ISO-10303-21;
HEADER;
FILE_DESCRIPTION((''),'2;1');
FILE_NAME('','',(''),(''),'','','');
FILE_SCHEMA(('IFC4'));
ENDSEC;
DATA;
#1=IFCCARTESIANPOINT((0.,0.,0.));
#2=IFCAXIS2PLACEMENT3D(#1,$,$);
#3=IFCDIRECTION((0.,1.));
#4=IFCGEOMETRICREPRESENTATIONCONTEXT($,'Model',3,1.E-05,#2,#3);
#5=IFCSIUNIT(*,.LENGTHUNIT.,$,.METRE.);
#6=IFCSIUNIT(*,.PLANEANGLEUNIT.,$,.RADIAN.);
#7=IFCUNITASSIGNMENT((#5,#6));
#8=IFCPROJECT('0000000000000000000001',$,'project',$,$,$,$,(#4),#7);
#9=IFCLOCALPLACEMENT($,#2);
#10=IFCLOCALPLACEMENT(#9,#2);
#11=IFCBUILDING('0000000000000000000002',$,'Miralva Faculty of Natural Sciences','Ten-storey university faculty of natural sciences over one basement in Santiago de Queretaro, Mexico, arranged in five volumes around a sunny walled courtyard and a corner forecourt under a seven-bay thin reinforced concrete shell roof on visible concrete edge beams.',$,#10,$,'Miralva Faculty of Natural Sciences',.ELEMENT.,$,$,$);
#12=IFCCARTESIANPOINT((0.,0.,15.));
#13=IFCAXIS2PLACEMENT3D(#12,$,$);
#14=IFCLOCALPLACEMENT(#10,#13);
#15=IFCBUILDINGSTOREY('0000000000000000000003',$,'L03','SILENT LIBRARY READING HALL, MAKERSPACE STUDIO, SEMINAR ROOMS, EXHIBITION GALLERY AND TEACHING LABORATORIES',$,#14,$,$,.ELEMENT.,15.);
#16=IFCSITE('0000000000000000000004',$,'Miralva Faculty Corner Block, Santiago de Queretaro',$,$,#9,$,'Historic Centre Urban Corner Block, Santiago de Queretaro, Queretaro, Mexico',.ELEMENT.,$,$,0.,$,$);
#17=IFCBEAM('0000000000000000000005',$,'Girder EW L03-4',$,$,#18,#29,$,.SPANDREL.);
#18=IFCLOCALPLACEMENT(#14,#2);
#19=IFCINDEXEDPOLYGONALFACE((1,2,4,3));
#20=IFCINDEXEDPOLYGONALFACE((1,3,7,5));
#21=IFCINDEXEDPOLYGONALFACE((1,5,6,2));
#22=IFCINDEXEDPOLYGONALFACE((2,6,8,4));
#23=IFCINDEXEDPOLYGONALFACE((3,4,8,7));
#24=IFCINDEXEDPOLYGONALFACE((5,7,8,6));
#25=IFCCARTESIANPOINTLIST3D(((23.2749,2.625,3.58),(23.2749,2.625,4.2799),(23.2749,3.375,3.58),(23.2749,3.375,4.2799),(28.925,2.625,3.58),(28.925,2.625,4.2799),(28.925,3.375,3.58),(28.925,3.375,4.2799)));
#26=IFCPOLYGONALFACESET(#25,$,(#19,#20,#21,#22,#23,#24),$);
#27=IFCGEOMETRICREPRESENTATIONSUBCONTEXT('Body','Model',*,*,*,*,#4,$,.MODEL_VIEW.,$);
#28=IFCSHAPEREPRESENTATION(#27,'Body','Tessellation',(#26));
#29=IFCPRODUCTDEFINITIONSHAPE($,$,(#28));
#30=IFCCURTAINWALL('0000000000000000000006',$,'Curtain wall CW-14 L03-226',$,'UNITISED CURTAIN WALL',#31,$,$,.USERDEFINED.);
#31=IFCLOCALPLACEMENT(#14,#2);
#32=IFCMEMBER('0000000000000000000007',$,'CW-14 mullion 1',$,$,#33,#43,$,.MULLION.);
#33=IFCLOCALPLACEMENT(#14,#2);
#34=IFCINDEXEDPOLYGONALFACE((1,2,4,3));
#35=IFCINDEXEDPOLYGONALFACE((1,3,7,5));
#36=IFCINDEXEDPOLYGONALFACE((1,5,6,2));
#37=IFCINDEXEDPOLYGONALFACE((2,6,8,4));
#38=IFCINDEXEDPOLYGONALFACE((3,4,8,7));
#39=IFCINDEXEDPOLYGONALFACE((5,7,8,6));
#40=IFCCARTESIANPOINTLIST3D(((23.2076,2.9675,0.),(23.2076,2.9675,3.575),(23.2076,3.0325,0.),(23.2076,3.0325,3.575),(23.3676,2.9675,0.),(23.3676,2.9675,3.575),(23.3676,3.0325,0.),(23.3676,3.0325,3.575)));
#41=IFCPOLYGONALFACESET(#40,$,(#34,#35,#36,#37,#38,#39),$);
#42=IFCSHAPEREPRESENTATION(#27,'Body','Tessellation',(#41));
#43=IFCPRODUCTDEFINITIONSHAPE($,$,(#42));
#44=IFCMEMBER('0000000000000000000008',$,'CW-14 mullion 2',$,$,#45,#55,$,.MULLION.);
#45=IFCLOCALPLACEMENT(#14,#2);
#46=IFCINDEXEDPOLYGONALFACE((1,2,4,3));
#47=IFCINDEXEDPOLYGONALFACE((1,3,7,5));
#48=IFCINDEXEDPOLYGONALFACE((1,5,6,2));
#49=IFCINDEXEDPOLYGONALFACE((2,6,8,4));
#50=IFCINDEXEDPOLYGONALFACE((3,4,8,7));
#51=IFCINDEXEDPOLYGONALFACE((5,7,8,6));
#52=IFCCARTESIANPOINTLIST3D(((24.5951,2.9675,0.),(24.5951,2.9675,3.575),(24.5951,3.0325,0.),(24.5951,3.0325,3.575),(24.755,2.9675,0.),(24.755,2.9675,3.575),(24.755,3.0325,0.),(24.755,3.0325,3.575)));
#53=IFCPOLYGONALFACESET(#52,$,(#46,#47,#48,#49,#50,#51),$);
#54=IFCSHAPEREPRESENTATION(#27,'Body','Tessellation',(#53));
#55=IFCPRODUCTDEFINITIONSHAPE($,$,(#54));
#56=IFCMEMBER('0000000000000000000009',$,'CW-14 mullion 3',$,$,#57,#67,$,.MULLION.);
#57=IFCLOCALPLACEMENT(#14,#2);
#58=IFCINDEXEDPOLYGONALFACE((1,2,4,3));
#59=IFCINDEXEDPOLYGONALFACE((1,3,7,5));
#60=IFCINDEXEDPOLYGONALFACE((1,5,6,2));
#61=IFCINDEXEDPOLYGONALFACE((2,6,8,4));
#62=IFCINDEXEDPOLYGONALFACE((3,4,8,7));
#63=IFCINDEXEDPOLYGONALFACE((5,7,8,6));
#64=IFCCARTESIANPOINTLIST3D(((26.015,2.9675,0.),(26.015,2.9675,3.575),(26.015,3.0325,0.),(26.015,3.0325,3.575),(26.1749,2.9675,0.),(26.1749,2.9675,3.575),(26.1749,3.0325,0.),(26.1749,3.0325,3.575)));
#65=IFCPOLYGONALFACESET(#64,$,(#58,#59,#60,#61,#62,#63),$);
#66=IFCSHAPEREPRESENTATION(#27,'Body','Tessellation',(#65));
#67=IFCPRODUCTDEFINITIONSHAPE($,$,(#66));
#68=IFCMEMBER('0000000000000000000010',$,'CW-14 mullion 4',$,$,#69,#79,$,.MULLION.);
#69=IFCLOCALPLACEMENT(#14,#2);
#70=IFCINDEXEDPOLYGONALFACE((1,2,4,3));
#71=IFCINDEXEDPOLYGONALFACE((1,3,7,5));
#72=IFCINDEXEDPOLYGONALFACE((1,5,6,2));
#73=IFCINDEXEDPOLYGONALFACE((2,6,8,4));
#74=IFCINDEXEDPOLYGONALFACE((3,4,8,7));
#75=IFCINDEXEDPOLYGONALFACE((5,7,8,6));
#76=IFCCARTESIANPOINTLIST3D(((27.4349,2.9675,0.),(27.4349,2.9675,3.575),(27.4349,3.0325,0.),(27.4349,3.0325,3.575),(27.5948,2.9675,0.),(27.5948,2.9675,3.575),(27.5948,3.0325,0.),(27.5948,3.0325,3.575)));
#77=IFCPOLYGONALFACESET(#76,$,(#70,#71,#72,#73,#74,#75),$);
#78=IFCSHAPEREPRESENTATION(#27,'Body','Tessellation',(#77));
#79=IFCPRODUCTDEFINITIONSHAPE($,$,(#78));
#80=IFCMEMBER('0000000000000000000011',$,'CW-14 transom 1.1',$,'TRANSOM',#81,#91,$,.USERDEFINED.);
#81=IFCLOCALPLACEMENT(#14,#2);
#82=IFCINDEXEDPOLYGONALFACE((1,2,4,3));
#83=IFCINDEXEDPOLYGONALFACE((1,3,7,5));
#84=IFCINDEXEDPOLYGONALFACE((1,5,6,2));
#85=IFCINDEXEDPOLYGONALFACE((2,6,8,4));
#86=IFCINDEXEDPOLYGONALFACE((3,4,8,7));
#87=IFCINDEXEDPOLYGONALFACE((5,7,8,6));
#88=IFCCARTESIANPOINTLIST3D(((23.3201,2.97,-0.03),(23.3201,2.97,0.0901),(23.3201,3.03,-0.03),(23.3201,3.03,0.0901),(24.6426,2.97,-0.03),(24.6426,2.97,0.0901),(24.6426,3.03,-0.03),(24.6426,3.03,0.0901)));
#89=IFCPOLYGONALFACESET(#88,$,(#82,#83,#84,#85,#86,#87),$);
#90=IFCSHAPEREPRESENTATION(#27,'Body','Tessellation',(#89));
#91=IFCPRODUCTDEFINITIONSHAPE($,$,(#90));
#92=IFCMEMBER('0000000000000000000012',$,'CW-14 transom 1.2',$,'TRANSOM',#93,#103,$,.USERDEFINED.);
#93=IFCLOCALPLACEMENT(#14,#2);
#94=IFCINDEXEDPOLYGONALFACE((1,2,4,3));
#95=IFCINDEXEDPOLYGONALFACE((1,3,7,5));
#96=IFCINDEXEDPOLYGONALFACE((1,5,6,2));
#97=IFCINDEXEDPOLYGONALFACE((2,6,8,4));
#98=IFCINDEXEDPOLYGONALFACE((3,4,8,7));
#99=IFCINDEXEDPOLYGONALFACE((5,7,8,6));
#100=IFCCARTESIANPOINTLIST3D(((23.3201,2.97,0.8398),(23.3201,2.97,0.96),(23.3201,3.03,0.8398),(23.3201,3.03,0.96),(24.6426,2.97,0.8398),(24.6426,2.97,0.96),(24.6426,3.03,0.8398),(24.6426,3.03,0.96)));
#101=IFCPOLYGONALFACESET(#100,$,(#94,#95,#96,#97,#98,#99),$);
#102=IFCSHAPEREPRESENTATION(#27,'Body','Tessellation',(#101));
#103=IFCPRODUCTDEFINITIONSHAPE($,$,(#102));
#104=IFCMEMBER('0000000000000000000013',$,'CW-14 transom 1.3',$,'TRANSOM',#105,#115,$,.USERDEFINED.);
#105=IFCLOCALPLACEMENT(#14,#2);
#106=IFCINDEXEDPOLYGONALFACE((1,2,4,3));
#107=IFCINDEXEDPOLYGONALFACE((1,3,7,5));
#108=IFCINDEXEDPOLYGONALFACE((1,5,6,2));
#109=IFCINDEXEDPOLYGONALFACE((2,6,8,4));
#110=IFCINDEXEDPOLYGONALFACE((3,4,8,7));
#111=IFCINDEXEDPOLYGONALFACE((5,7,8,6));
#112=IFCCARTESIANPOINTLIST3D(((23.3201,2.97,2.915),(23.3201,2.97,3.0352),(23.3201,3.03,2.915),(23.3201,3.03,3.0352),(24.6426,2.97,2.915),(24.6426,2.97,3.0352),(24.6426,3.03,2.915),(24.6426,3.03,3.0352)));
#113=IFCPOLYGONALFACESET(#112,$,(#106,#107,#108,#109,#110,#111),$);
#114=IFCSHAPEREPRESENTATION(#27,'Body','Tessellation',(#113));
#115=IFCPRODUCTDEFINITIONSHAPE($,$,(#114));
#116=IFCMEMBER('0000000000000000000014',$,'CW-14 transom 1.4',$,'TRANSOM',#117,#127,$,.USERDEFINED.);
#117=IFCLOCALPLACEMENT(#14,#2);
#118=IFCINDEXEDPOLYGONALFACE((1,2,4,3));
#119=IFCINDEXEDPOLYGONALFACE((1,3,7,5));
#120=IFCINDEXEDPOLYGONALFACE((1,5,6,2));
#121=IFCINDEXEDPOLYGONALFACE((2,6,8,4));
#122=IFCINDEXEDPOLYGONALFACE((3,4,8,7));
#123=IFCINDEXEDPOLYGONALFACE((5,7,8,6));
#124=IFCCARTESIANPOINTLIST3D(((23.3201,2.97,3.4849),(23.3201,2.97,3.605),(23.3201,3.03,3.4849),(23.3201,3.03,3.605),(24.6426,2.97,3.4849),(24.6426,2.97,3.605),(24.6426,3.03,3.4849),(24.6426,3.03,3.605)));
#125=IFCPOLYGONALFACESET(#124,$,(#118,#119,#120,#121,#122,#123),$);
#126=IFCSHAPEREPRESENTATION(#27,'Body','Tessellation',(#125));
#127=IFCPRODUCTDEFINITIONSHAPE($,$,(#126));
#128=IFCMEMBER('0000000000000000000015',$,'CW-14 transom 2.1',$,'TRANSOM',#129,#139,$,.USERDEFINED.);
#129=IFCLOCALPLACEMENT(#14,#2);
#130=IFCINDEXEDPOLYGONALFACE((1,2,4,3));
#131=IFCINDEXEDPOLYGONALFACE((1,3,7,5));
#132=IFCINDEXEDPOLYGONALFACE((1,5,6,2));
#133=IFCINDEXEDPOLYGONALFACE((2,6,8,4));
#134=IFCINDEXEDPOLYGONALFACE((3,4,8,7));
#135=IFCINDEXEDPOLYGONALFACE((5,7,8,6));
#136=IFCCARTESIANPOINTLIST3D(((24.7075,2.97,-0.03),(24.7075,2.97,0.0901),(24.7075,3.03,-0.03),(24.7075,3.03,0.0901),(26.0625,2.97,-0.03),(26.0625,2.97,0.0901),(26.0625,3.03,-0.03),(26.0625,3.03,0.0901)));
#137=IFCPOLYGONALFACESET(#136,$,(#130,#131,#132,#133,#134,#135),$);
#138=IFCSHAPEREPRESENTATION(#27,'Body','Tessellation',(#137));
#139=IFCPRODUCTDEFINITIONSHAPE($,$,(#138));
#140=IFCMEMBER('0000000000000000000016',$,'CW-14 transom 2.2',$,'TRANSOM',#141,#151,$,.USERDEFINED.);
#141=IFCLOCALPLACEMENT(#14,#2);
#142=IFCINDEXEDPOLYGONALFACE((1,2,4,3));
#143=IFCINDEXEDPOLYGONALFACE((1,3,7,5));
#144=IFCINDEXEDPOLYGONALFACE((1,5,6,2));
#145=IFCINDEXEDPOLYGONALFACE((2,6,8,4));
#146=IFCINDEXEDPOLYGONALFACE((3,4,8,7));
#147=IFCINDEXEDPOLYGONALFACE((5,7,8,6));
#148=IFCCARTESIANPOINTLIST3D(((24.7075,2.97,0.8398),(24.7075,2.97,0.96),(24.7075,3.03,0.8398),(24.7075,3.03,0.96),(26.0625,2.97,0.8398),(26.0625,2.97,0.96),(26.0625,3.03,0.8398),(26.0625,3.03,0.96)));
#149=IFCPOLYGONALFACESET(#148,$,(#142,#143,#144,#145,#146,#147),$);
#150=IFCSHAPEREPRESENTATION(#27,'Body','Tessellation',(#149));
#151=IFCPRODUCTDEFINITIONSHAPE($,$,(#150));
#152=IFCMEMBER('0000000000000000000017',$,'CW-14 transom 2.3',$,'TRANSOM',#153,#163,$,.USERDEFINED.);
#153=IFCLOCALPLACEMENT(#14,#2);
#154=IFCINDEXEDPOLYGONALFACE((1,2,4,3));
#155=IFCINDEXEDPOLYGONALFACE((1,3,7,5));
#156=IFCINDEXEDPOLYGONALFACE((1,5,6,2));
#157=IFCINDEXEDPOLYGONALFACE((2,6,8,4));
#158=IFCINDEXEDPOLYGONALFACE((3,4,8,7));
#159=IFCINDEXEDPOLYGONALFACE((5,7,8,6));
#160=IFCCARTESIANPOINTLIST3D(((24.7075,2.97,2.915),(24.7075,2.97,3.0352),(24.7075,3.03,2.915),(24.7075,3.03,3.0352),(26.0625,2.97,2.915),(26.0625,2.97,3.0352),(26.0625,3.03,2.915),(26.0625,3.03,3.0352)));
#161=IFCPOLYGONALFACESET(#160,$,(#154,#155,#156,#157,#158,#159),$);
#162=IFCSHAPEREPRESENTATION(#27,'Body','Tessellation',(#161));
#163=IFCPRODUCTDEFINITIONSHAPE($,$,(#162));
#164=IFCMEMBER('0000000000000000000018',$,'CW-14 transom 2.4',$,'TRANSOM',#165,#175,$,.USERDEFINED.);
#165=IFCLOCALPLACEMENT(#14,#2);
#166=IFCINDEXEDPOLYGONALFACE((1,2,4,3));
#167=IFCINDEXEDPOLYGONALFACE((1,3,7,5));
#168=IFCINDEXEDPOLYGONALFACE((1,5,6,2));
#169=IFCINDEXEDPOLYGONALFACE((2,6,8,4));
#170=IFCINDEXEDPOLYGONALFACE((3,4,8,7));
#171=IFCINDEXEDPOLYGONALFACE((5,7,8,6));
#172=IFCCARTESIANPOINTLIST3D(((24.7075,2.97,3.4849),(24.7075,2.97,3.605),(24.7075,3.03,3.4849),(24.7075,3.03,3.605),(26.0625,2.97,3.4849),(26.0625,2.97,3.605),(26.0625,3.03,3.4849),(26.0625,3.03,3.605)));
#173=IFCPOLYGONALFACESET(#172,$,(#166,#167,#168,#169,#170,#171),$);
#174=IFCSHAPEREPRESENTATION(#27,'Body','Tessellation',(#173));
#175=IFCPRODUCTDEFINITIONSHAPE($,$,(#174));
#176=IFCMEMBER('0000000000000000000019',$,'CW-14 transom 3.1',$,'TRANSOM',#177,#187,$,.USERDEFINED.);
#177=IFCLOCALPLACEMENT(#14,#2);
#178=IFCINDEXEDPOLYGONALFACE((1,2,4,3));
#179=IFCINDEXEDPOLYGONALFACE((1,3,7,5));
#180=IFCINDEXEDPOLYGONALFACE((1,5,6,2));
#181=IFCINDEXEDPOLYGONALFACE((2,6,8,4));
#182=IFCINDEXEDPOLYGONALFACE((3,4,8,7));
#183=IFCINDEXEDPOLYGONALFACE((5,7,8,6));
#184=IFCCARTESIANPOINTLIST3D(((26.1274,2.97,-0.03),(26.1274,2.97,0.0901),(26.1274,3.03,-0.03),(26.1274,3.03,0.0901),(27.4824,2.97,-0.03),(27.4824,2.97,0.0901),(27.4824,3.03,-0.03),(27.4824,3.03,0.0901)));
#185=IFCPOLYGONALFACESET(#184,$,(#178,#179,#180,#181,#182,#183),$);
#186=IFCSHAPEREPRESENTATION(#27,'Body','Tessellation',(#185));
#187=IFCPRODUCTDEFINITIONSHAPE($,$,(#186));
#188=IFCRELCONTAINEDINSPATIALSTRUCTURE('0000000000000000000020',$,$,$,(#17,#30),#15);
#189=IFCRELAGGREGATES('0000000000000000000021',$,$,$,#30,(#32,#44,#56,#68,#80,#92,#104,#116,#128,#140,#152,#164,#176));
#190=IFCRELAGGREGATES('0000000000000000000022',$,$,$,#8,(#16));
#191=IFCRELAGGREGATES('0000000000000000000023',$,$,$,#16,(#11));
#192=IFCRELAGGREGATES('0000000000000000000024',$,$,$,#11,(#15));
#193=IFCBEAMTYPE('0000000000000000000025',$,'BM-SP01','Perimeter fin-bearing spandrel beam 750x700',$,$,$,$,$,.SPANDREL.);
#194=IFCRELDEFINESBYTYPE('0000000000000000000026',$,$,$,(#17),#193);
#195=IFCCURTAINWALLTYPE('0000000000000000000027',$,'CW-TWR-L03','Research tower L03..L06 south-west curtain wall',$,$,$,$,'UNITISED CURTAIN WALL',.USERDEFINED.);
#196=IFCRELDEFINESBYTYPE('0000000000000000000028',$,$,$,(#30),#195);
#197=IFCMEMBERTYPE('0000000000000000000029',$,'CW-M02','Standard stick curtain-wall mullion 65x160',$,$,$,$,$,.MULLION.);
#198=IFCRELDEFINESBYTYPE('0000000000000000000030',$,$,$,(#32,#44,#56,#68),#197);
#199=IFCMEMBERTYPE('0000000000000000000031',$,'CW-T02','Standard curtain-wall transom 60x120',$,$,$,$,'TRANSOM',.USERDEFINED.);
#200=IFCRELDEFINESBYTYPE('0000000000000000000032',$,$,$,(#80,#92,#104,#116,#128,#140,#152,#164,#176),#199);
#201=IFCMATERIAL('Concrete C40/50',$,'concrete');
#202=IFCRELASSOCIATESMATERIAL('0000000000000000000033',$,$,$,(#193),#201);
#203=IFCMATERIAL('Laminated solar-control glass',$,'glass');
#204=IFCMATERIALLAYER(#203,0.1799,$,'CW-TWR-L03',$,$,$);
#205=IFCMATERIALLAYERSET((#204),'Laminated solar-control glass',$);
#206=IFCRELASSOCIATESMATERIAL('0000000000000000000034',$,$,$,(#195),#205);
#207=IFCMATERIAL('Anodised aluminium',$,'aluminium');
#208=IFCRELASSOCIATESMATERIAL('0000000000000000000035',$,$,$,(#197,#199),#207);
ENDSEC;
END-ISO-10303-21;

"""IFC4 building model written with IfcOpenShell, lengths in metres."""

from ifc_helpers import new_model, si_unit, direction, frame, origin, origin_2d, place, context, subcontext, project, spatial, rectangle, extrude, material, layer, layer_set, material_profile, profile_set, type_object, element, aggregate, save


model = new_model("IFC4")

# Units and contexts
model_context = context("Model", 3, precision=1e-05, world=origin(), true_north=direction((0.0, 1.0)))
body_context = subcontext(model_context, "Body", "Model", "MODEL_VIEW")
ifc_project = project(units=[si_unit("LENGTHUNIT", "METRE"), si_unit("PLANEANGLEUNIT", "RADIAN")], contexts=[model_context])

# Site, building, storey
site_placement = place(None, origin())
site = spatial("IfcSite", under=ifc_project, at=site_placement, Name="Miralva Faculty Corner Block, Santiago de Queretaro", LongName="Historic Centre Urban Corner Block, Santiago de Queretaro, Queretaro, Mexico", CompositionType="ELEMENT", RefElevation=0.0)
building_placement = place(site_placement, origin())
building = spatial("IfcBuilding", under=site, at=building_placement, Name="Miralva Faculty of Natural Sciences", Description="Ten-storey university faculty of natural sciences over one basement in Santiago de Queretaro, Mexico, arranged in five volumes around a sunny walled courtyard and a corner forecourt under a seven-bay thin reinforced concrete shell roof on visible concrete edge beams.", LongName="Miralva Faculty of Natural Sciences", CompositionType="ELEMENT")
storey_placement = place(building_placement, frame((0.0, 0.0, 15.0)))
storey = spatial("IfcBuildingStorey", under=building, at=storey_placement, Name="L03", Description="SILENT LIBRARY READING HALL, MAKERSPACE STUDIO, SEMINAR ROOMS, EXHIBITION GALLERY AND TEACHING LABORATORIES", CompositionType="ELEMENT", Elevation=15.0)

# Beam
ifc_material_1 = material(Name="Concrete C40/50", Category="concrete")
ifc_material_profile_1 = material_profile(ifc_material_1, rectangle(XDim=0.75, YDim=0.7, at=origin_2d()), Name="RC 750x700")
ifc_profile_set_1 = profile_set([ifc_material_profile_1], Name="Concrete C40/50")
beam_type = type_object("IfcBeamType", Name="BM-SP01", Description="Perimeter fin-bearing spandrel beam 750x700", PredefinedType="SPANDREL", material=ifc_profile_set_1)
beam_placement = place(storey_placement, frame((23.2749, 3.0, 3.9299), z_axis=(1.0, 0.0, 0.0), x_axis=(0.0, 1.0, 0.0)))
element("IfcBeam", 1, at=beam_placement, inside=storey, type_object=beam_type, Name="Girder EW L03-4", PredefinedType="SPANDREL", context=body_context, shape_type="SweptSolid", body=[
    extrude(rectangle(XDim=0.75, YDim=0.7, at=origin_2d()), origin(), (0.0, 0.0, 1.0), 5.6501),
])

# Curtain wall, members
ifc_material_2 = material(Name="Laminated solar-control glass", Category="glass")
ifc_layer_1 = layer(ifc_material_2, 0.1799, Name="CW-TWR-L03")
ifc_layer_set_1 = layer_set([ifc_layer_1], Name="Laminated solar-control glass")
curtain_wall_type = type_object("IfcCurtainWallType", Name="CW-TWR-L03", Description="Research tower L03..L06 south-west curtain wall", ElementType="UNITISED CURTAIN WALL", PredefinedType="USERDEFINED", material=ifc_layer_set_1)
curtain_wall_placement = place(storey_placement, origin())
curtain_wall = element("IfcCurtainWall", 2, at=curtain_wall_placement, inside=storey, type_object=curtain_wall_type, Name="Curtain wall CW-14 L03-226", ObjectType="UNITISED CURTAIN WALL", PredefinedType="USERDEFINED")
ifc_material_3 = material(Name="Anodised aluminium", Category="aluminium")
ifc_material_profile_2 = material_profile(ifc_material_3, rectangle(XDim=0.0649, YDim=0.1599, at=origin_2d()), Name="MULLION 65x160")
ifc_profile_set_2 = profile_set([ifc_material_profile_2], Name="Anodised aluminium")
member_type_1 = type_object("IfcMemberType", Name="CW-M02", Description="Standard stick curtain-wall mullion 65x160", PredefinedType="MULLION", material=ifc_profile_set_2)
member_1_placement = place(storey_placement, frame((23.2876, 3.0, 0.0), z_axis=(0.0, 0.0, 1.0), x_axis=(0.0, 1.0, 0.0)))
member_1 = element("IfcMember", 3, at=member_1_placement, type_object=member_type_1, Name="CW-14 mullion 1", PredefinedType="MULLION", context=body_context, shape_type="SweptSolid", body=[
    extrude(rectangle(XDim=0.0649, YDim=0.1599, at=origin_2d()), origin(), (0.0, 0.0, 1.0), 3.575),
])
member_2_placement = place(storey_placement, frame((24.675, 3.0, 0.0), z_axis=(0.0, 0.0, 1.0), x_axis=(0.0, 1.0, 0.0)))
member_2 = element("IfcMember", 4, at=member_2_placement, type_object=member_type_1, Name="CW-14 mullion 2", PredefinedType="MULLION", context=body_context, shape_type="SweptSolid", body=[
    extrude(rectangle(XDim=0.0649, YDim=0.1599, at=origin_2d()), origin(), (0.0, 0.0, 1.0), 3.575),
])
member_3_placement = place(storey_placement, frame((26.095, 3.0, 0.0), z_axis=(0.0, 0.0, 1.0), x_axis=(0.0, 1.0, 0.0)))
member_3 = element("IfcMember", 5, at=member_3_placement, type_object=member_type_1, Name="CW-14 mullion 3", PredefinedType="MULLION", context=body_context, shape_type="SweptSolid", body=[
    extrude(rectangle(XDim=0.0649, YDim=0.1599, at=origin_2d()), origin(), (0.0, 0.0, 1.0), 3.575),
])
member_4_placement = place(storey_placement, frame((27.5149, 3.0, 0.0), z_axis=(0.0, 0.0, 1.0), x_axis=(0.0, 1.0, 0.0)))
member_4 = element("IfcMember", 6, at=member_4_placement, type_object=member_type_1, Name="CW-14 mullion 4", PredefinedType="MULLION", context=body_context, shape_type="SweptSolid", body=[
    extrude(rectangle(XDim=0.0649, YDim=0.1599, at=origin_2d()), origin(), (0.0, 0.0, 1.0), 3.575),
])
ifc_material_profile_3 = material_profile(ifc_material_3, rectangle(XDim=0.0601, YDim=0.1201, at=origin_2d()), Name="TRANSOM 60x120")
ifc_profile_set_3 = profile_set([ifc_material_profile_3], Name="Anodised aluminium")
member_type_2 = type_object("IfcMemberType", Name="CW-T02", Description="Standard curtain-wall transom 60x120", ElementType="TRANSOM", PredefinedType="USERDEFINED", material=ifc_profile_set_3)
member_5_placement = place(storey_placement, frame((23.3201, 3.0, 0.03), z_axis=(1.0, 0.0, 0.0), x_axis=(0.0, 1.0, 0.0)))
member_5 = element("IfcMember", 7, at=member_5_placement, type_object=member_type_2, Name="CW-14 transom 1.1", ObjectType="TRANSOM", PredefinedType="USERDEFINED", context=body_context, shape_type="SweptSolid", body=[
    extrude(rectangle(XDim=0.0601, YDim=0.1201, at=origin_2d()), origin(), (0.0, 0.0, 1.0), 1.3225),
])
member_6_placement = place(storey_placement, frame((23.3201, 3.0, 0.8999), z_axis=(1.0, 0.0, 0.0), x_axis=(0.0, 1.0, 0.0)))
member_6 = element("IfcMember", 8, at=member_6_placement, type_object=member_type_2, Name="CW-14 transom 1.2", ObjectType="TRANSOM", PredefinedType="USERDEFINED", context=body_context, shape_type="SweptSolid", body=[
    extrude(rectangle(XDim=0.0601, YDim=0.1201, at=origin_2d()), origin(), (0.0, 0.0, 1.0), 1.3225),
])
member_7_placement = place(storey_placement, frame((23.3201, 3.0, 2.9751), z_axis=(1.0, 0.0, 0.0), x_axis=(0.0, 1.0, 0.0)))
member_7 = element("IfcMember", 9, at=member_7_placement, type_object=member_type_2, Name="CW-14 transom 1.3", ObjectType="TRANSOM", PredefinedType="USERDEFINED", context=body_context, shape_type="SweptSolid", body=[
    extrude(rectangle(XDim=0.0601, YDim=0.1201, at=origin_2d()), origin(), (0.0, 0.0, 1.0), 1.3225),
])
member_8_placement = place(storey_placement, frame((23.3201, 3.0, 3.5449), z_axis=(1.0, 0.0, 0.0), x_axis=(0.0, 1.0, 0.0)))
member_8 = element("IfcMember", 10, at=member_8_placement, type_object=member_type_2, Name="CW-14 transom 1.4", ObjectType="TRANSOM", PredefinedType="USERDEFINED", context=body_context, shape_type="SweptSolid", body=[
    extrude(rectangle(XDim=0.0601, YDim=0.1201, at=origin_2d()), origin(), (0.0, 0.0, 1.0), 1.3225),
])
member_9_placement = place(storey_placement, frame((24.7075, 3.0, 0.03), z_axis=(1.0, 0.0, 0.0), x_axis=(0.0, 1.0, 0.0)))
member_9 = element("IfcMember", 11, at=member_9_placement, type_object=member_type_2, Name="CW-14 transom 2.1", ObjectType="TRANSOM", PredefinedType="USERDEFINED", context=body_context, shape_type="SweptSolid", body=[
    extrude(rectangle(XDim=0.0601, YDim=0.1201, at=origin_2d()), origin(), (0.0, 0.0, 1.0), 1.355),
])
member_10_placement = place(storey_placement, frame((24.7075, 3.0, 0.8999), z_axis=(1.0, 0.0, 0.0), x_axis=(0.0, 1.0, 0.0)))
member_10 = element("IfcMember", 12, at=member_10_placement, type_object=member_type_2, Name="CW-14 transom 2.2", ObjectType="TRANSOM", PredefinedType="USERDEFINED", context=body_context, shape_type="SweptSolid", body=[
    extrude(rectangle(XDim=0.0601, YDim=0.1201, at=origin_2d()), origin(), (0.0, 0.0, 1.0), 1.355),
])
member_11_placement = place(storey_placement, frame((24.7075, 3.0, 2.9751), z_axis=(1.0, 0.0, 0.0), x_axis=(0.0, 1.0, 0.0)))
member_11 = element("IfcMember", 13, at=member_11_placement, type_object=member_type_2, Name="CW-14 transom 2.3", ObjectType="TRANSOM", PredefinedType="USERDEFINED", context=body_context, shape_type="SweptSolid", body=[
    extrude(rectangle(XDim=0.0601, YDim=0.1201, at=origin_2d()), origin(), (0.0, 0.0, 1.0), 1.355),
])
member_12_placement = place(storey_placement, frame((24.7075, 3.0, 3.5449), z_axis=(1.0, 0.0, 0.0), x_axis=(0.0, 1.0, 0.0)))
member_12 = element("IfcMember", 14, at=member_12_placement, type_object=member_type_2, Name="CW-14 transom 2.4", ObjectType="TRANSOM", PredefinedType="USERDEFINED", context=body_context, shape_type="SweptSolid", body=[
    extrude(rectangle(XDim=0.0601, YDim=0.1201, at=origin_2d()), origin(), (0.0, 0.0, 1.0), 1.355),
])
member_13_placement = place(storey_placement, frame((26.1274, 3.0, 0.03), z_axis=(1.0, 0.0, 0.0), x_axis=(0.0, 1.0, 0.0)))
member_13 = element("IfcMember", 15, at=member_13_placement, type_object=member_type_2, Name="CW-14 transom 3.1", ObjectType="TRANSOM", PredefinedType="USERDEFINED", context=body_context, shape_type="SweptSolid", body=[
    extrude(rectangle(XDim=0.0601, YDim=0.1201, at=origin_2d()), origin(), (0.0, 0.0, 1.0), 1.355),
])

aggregate(curtain_wall, [member_1, member_2, member_3, member_4, member_5, member_6, member_7, member_8, member_9, member_10, member_11, member_12, member_13])

save(model, "model.ifc")
